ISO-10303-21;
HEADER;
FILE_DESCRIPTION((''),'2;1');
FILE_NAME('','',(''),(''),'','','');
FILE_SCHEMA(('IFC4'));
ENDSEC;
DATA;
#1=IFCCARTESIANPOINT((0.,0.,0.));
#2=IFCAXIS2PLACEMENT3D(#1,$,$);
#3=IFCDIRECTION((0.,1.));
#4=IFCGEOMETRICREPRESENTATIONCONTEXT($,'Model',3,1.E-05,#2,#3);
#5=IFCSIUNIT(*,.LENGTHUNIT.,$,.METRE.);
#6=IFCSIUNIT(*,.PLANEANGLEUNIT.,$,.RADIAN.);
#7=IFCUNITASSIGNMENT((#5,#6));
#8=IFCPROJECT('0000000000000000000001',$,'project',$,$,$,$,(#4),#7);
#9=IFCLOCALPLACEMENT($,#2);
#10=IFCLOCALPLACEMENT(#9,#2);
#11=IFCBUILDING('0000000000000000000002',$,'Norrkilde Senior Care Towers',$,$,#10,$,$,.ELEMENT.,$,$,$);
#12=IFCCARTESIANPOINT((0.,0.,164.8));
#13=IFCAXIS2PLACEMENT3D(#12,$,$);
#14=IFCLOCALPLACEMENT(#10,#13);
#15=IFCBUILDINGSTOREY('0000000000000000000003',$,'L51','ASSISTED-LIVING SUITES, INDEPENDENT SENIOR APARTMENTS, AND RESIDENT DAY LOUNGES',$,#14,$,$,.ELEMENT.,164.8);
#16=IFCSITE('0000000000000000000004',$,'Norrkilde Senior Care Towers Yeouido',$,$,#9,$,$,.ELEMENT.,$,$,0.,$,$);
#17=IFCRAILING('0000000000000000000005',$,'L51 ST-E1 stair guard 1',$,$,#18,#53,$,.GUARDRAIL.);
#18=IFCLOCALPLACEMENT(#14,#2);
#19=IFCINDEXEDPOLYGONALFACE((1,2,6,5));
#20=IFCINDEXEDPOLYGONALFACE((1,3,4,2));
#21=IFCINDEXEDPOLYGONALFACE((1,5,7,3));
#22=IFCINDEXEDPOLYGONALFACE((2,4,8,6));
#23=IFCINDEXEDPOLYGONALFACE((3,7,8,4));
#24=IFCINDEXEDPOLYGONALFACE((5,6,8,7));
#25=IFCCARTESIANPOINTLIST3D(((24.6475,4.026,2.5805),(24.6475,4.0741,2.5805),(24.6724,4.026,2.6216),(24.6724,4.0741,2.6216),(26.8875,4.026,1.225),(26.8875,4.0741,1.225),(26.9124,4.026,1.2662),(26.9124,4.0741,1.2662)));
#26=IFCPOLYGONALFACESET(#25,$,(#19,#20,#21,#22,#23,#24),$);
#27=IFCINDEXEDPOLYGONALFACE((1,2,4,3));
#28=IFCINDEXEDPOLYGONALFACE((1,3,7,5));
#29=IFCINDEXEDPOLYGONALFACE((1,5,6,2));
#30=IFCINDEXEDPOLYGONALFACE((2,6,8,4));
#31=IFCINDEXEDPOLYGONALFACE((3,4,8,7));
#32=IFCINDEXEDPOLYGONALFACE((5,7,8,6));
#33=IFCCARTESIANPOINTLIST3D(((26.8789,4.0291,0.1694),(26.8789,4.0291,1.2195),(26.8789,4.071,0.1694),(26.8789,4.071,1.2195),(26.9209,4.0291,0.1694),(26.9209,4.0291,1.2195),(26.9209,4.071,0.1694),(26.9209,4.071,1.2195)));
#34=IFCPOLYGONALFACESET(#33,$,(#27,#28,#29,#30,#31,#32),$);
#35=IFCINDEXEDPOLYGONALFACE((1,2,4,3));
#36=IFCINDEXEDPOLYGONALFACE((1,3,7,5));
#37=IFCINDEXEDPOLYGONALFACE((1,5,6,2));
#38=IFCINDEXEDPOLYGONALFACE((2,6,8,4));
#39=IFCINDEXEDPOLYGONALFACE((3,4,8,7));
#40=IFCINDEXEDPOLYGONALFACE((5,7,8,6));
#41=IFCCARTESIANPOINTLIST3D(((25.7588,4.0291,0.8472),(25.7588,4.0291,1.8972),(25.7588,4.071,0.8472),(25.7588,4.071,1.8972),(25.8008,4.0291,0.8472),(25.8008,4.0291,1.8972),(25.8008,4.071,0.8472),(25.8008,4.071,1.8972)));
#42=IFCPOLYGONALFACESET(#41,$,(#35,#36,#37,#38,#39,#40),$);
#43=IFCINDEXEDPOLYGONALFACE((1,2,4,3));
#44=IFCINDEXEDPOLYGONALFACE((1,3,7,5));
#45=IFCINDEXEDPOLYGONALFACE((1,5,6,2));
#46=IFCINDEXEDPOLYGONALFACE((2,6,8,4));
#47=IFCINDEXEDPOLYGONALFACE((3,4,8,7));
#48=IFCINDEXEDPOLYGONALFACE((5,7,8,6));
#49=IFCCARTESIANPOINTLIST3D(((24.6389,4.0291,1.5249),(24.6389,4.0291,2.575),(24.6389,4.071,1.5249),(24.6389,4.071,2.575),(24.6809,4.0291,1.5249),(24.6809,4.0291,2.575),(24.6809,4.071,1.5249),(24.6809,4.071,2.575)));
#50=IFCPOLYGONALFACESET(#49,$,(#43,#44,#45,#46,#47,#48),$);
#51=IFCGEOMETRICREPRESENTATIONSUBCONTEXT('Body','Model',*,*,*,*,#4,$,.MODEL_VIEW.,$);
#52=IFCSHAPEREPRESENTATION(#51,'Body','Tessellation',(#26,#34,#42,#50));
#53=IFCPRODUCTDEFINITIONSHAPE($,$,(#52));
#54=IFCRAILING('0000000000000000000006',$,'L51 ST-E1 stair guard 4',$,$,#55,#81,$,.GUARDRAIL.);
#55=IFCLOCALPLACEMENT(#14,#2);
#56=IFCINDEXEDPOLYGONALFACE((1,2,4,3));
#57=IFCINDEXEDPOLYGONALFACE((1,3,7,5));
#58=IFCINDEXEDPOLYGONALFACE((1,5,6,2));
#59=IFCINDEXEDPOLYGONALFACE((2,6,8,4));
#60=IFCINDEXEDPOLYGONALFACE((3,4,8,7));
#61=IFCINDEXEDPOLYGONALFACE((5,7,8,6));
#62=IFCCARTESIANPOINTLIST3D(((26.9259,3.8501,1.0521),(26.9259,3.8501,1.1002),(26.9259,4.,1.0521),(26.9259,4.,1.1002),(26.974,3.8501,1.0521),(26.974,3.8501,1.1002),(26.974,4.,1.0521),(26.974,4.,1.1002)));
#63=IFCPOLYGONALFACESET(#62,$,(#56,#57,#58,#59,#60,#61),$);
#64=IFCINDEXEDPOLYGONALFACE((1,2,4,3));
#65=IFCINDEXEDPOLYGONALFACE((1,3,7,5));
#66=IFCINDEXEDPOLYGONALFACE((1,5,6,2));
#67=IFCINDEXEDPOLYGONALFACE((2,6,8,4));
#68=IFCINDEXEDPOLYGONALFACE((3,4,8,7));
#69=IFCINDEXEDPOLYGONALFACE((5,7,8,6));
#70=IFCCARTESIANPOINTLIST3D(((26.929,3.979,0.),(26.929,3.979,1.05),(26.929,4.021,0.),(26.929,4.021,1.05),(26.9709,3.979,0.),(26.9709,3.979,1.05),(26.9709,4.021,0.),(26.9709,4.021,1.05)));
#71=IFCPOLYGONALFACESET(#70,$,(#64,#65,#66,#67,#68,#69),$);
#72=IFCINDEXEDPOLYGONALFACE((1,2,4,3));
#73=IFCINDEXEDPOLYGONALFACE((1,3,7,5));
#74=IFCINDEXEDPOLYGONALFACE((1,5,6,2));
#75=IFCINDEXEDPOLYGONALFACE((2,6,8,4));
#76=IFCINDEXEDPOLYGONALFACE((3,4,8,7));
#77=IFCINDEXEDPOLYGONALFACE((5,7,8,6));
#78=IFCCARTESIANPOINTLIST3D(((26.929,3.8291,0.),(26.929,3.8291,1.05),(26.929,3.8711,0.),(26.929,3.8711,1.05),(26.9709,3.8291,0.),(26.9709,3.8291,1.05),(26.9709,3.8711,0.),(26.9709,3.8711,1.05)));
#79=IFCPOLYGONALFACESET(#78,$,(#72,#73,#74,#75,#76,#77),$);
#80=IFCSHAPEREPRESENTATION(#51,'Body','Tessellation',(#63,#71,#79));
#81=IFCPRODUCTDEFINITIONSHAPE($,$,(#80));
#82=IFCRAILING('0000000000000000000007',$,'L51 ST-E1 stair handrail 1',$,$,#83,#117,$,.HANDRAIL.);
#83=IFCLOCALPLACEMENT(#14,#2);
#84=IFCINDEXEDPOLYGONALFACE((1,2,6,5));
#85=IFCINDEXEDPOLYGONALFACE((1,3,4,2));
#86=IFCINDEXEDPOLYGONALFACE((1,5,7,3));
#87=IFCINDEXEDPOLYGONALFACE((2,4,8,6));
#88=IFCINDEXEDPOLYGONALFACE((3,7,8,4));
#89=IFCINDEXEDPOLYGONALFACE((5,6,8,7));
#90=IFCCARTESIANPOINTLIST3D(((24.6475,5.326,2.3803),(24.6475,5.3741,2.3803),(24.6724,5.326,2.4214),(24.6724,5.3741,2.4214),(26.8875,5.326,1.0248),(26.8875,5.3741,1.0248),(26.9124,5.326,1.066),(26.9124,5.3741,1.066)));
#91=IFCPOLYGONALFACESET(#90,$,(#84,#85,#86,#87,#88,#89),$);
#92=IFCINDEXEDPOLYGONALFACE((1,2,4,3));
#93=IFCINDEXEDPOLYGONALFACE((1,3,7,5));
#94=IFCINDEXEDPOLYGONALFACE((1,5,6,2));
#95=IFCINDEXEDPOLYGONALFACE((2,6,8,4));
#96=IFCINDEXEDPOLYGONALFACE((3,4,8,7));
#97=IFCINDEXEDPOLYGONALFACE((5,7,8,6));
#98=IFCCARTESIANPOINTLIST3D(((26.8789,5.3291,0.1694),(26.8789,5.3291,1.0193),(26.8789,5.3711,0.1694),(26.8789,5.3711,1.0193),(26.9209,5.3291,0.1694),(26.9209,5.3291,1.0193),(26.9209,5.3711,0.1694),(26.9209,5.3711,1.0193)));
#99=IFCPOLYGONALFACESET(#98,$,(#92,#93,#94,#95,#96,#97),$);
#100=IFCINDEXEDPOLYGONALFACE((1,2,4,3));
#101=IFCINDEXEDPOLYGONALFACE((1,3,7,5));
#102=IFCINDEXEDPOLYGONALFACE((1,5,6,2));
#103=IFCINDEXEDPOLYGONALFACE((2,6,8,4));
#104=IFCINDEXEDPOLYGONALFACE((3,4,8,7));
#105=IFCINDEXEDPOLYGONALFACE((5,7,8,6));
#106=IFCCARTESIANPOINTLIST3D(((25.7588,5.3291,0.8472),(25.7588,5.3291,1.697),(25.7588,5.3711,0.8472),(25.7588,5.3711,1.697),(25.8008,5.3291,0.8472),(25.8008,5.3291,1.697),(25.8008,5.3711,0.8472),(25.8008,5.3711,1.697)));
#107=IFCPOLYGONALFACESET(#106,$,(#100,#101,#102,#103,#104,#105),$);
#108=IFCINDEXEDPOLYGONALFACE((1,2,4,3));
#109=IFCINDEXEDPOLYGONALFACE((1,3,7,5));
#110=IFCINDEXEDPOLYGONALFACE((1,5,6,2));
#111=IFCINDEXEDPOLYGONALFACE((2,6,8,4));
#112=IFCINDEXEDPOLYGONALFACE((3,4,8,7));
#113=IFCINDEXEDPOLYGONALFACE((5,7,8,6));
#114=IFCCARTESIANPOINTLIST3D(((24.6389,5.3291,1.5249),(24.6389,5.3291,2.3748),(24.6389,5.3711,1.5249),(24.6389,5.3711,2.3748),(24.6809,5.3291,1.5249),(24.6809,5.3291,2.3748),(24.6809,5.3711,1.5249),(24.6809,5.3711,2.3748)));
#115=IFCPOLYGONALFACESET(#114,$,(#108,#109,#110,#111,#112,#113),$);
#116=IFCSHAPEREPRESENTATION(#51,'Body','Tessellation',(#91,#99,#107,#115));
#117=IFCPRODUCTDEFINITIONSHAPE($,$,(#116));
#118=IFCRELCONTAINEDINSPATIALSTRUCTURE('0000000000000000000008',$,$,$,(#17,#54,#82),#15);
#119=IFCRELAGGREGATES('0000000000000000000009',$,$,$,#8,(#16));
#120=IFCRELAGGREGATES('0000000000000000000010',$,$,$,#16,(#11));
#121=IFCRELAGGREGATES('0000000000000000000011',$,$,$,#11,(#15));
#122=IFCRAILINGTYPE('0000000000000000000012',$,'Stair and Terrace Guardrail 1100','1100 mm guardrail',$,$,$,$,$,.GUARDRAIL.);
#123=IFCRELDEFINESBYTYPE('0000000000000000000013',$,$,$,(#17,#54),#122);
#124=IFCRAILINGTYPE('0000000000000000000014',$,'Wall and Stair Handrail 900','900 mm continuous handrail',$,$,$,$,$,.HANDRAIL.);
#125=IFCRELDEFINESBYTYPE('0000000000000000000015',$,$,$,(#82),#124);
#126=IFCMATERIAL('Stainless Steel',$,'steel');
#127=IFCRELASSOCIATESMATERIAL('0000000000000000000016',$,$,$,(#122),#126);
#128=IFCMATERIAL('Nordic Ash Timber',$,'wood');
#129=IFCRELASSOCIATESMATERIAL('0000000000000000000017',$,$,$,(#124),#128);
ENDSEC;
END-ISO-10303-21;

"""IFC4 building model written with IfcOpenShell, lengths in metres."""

from ifc_helpers import new_model, si_unit, direction, frame, origin, origin_2d, place, context, subcontext, project, spatial, rectangle, extrude, material, type_object, element, save


model = new_model("IFC4")

# Units and contexts
model_context = context("Model", 3, precision=1e-05, world=origin(), true_north=direction((0.0, 1.0)))
body_context = subcontext(model_context, "Body", "Model", "MODEL_VIEW")
ifc_project = project(units=[si_unit("LENGTHUNIT", "METRE"), si_unit("PLANEANGLEUNIT", "RADIAN")], contexts=[model_context])

# Site, building, storey
site_placement = place(None, origin())
site = spatial("IfcSite", under=ifc_project, at=site_placement, Name="Norrkilde Senior Care Towers Yeouido", CompositionType="ELEMENT", RefElevation=0.0)
building_placement = place(site_placement, origin())
building = spatial("IfcBuilding", under=site, at=building_placement, Name="Norrkilde Senior Care Towers", CompositionType="ELEMENT")
storey_placement = place(building_placement, frame((0.0, 0.0, 164.8)))
storey = spatial("IfcBuildingStorey", under=building, at=storey_placement, Name="L51", Description="ASSISTED-LIVING SUITES, INDEPENDENT SENIOR APARTMENTS, AND RESIDENT DAY LOUNGES", CompositionType="ELEMENT", Elevation=164.8)

# Shared definitions
ifc_material_1 = material(Name="Stainless Steel", Category="steel")

# Shared definitions
ifc_material_2 = material(Name="Nordic Ash Timber", Category="wood")

# Railings
railing_type_1 = type_object("IfcRailingType", Name="Stair and Terrace Guardrail 1100", Description="1100 mm guardrail", PredefinedType="GUARDRAIL", material=ifc_material_1)
railing_1_placement = place(storey_placement, frame((26.8999, 4.05, 0.1694)))
element("IfcRailing", 1, at=railing_1_placement, inside=storey, type_object=railing_type_1, Name="L51 ST-E1 stair guard 1", PredefinedType="GUARDRAIL", context=body_context, shape_type="SweptSolid", body=[
    extrude(rectangle(XDim=0.0481, YDim=0.0481, at=origin_2d()), frame((0.0, 0.0, 1.0762), z_axis=(-0.855553, 0.0, 0.517715), x_axis=(0.0, -1.0, 0.0)), (0.0, 0.0, 1.0), 2.6182),
    extrude(rectangle(XDim=0.042, YDim=0.042, at=origin_2d()), origin(), (0.0, 0.0, 1.0), 1.05),
    extrude(rectangle(XDim=0.042, YDim=0.042, at=origin_2d()), frame((-1.1201, 0.0, 0.6777)), (0.0, 0.0, 1.0), 1.05),
    extrude(rectangle(XDim=0.042, YDim=0.042, at=origin_2d()), frame((-2.24, 0.0, 1.3555)), (0.0, 0.0, 1.0), 1.05),
])
railing_2_placement = place(storey_placement, frame((26.95, 4.0, 0.0)))
element("IfcRailing", 2, at=railing_2_placement, inside=storey, type_object=railing_type_1, Name="L51 ST-E1 stair guard 4", PredefinedType="GUARDRAIL", context=body_context, shape_type="SweptSolid", body=[
    extrude(rectangle(XDim=0.0481, YDim=0.0481, at=origin_2d()), frame((0.0, 0.0, 1.0762), z_axis=(0.0, -1.0, 0.0), x_axis=(1.0, 0.0, 0.0)), (0.0, 0.0, 1.0), 0.1499),
    extrude(rectangle(XDim=0.042, YDim=0.042, at=origin_2d()), origin(), (0.0, 0.0, 1.0), 1.05),
    extrude(rectangle(XDim=0.042, YDim=0.042, at=origin_2d()), frame((0.0, -0.1499, 0.0)), (0.0, 0.0, 1.0), 1.05),
])
railing_type_2 = type_object("IfcRailingType", Name="Wall and Stair Handrail 900", Description="900 mm continuous handrail", PredefinedType="HANDRAIL", material=ifc_material_2)
railing_3_placement = place(storey_placement, frame((26.8999, 5.3501, 0.1694)))
element("IfcRailing", 3, at=railing_3_placement, inside=storey, type_object=railing_type_2, Name="L51 ST-E1 stair handrail 1", PredefinedType="HANDRAIL", context=body_context, shape_type="SweptSolid", body=[
    extrude(rectangle(XDim=0.0481, YDim=0.0481, at=origin_2d()), frame((0.0, 0.0, 0.876), z_axis=(-0.855553, 0.0, 0.517715), x_axis=(0.0, -1.0, 0.0)), (0.0, 0.0, 1.0), 2.6182),
    extrude(rectangle(XDim=0.042, YDim=0.042, at=origin_2d()), origin(), (0.0, 0.0, 1.0), 0.8499),
    extrude(rectangle(XDim=0.042, YDim=0.042, at=origin_2d()), frame((-1.1201, 0.0, 0.6777)), (0.0, 0.0, 1.0), 0.8499),
    extrude(rectangle(XDim=0.042, YDim=0.042, at=origin_2d()), frame((-2.24, 0.0, 1.3555)), (0.0, 0.0, 1.0), 0.8499),
])

save(model, "model.ifc")
